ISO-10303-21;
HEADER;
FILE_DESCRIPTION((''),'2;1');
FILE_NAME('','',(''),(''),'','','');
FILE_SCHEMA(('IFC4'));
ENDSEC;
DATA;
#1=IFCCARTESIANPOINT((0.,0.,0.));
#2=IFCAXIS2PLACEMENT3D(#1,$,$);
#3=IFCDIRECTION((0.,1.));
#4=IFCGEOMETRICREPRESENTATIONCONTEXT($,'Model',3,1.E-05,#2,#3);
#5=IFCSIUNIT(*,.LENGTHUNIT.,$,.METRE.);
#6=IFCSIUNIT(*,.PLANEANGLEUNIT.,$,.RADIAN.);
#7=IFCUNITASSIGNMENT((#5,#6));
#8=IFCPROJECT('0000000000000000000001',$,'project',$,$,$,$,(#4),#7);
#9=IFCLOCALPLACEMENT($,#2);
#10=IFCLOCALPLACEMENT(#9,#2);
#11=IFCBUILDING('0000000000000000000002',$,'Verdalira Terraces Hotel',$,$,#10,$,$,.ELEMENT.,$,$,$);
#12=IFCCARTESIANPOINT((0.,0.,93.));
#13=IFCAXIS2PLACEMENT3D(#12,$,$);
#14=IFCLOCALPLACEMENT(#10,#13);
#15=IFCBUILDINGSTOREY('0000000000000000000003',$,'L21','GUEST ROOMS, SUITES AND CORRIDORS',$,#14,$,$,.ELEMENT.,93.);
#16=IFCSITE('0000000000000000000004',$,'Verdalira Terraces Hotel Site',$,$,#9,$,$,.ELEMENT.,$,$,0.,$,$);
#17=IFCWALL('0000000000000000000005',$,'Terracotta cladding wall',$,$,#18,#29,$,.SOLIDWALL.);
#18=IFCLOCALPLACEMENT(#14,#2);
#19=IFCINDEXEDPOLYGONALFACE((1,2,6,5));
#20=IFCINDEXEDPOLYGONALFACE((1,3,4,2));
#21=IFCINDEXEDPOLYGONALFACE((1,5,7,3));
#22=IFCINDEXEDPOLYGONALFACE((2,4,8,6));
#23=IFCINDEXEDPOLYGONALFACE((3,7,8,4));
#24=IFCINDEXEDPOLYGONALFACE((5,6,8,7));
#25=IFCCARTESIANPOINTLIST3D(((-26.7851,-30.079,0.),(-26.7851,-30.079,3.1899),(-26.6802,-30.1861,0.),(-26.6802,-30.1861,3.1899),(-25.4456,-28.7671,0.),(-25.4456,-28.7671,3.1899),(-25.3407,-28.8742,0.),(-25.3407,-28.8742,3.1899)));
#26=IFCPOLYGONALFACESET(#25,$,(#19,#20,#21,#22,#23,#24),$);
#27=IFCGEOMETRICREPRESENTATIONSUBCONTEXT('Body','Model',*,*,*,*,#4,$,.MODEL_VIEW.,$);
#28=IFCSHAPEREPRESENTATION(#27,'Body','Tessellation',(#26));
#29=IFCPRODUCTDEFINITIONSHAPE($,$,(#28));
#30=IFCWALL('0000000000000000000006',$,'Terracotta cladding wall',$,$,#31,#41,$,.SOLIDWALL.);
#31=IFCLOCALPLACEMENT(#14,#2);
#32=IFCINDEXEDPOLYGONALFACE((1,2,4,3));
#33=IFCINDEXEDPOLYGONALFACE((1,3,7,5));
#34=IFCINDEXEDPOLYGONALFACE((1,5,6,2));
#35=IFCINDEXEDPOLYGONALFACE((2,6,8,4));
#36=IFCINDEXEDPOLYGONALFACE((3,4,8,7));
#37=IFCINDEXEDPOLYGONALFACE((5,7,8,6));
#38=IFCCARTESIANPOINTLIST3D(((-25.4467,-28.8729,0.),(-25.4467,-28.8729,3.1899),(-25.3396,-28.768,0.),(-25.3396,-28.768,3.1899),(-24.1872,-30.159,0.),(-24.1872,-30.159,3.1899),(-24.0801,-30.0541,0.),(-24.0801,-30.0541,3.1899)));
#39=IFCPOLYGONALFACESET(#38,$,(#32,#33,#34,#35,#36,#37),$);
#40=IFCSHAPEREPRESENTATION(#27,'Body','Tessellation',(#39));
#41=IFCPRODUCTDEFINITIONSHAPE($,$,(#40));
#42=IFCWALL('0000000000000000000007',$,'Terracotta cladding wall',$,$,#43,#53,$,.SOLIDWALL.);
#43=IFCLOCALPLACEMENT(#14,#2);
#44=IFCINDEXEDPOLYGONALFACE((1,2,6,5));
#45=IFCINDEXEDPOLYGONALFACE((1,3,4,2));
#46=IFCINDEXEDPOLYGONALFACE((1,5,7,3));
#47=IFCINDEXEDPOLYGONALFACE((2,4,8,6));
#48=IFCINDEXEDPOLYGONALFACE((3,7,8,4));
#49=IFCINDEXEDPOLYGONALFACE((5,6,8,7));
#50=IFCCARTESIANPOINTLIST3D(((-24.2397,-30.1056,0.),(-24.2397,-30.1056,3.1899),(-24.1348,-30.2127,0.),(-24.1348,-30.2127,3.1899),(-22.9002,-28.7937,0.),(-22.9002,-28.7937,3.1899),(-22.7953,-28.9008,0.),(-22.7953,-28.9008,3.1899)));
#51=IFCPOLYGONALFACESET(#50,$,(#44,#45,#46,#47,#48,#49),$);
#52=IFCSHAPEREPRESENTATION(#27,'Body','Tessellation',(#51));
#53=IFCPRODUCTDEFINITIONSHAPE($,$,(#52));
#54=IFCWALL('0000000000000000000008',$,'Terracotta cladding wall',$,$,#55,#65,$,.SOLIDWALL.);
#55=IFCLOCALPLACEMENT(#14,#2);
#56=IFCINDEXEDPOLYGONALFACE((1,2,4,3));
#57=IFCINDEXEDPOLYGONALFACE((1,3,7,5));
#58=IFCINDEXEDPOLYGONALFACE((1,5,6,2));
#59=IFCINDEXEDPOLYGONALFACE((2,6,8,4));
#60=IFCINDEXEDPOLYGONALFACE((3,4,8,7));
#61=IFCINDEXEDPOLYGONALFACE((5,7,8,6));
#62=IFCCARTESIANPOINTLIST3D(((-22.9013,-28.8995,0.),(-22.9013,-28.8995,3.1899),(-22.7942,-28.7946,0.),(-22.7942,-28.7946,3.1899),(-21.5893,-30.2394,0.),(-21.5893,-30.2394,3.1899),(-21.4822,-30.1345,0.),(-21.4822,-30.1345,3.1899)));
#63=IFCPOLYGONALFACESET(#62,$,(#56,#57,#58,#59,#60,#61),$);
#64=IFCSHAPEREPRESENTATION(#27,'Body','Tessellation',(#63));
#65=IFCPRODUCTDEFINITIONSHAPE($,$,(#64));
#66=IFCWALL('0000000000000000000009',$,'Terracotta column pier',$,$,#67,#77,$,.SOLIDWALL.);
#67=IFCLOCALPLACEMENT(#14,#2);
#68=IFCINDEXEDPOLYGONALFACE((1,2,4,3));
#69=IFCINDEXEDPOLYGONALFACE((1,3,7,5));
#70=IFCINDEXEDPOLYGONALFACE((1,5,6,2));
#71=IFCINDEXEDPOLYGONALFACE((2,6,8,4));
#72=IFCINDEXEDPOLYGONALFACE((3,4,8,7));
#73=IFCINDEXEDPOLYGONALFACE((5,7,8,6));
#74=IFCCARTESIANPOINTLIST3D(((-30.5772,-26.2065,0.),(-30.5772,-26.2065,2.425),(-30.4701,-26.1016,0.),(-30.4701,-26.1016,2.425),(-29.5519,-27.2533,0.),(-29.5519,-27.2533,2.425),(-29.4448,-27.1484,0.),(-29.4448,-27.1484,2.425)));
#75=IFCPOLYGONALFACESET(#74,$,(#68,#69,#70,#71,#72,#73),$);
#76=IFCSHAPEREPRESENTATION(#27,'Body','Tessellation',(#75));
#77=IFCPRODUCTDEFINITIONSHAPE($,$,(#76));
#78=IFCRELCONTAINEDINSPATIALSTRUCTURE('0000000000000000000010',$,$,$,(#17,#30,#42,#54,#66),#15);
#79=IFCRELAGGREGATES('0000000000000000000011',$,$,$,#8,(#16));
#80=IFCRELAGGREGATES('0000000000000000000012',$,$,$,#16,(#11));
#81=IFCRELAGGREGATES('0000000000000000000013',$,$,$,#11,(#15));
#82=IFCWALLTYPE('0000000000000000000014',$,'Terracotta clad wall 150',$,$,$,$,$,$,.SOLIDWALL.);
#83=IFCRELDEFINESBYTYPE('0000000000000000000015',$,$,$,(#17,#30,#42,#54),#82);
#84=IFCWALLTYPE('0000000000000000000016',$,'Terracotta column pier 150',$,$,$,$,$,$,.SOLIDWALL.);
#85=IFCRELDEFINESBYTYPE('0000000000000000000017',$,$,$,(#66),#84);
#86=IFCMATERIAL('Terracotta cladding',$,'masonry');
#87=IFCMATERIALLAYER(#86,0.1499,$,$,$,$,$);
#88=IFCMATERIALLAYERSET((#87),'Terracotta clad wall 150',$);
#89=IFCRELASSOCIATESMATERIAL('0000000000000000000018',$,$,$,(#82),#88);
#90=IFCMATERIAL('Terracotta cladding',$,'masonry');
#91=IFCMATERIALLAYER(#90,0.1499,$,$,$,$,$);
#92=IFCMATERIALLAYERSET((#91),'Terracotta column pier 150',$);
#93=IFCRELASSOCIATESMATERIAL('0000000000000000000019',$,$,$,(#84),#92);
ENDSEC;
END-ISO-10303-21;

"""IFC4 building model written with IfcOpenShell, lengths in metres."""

from ifc_helpers import new_model, si_unit, direction, frame, frame_2d, origin, place, context, subcontext, project, spatial, rectangle, extrude, material, layer, layer_set, type_object, element, save


model = new_model("IFC4")

# Units and contexts
model_context = context("Model", 3, precision=1e-05, world=origin(), true_north=direction((0.0, 1.0)))
body_context = subcontext(model_context, "Body", "Model", "MODEL_VIEW")
ifc_project = project(units=[si_unit("LENGTHUNIT", "METRE"), si_unit("PLANEANGLEUNIT", "RADIAN")], contexts=[model_context])

# Site, building, storey
site_placement = place(None, origin())
site = spatial("IfcSite", under=ifc_project, at=site_placement, Name="Verdalira Terraces Hotel Site", CompositionType="ELEMENT", RefElevation=0.0)
building_placement = place(site_placement, origin())
building = spatial("IfcBuilding", under=site, at=building_placement, Name="Verdalira Terraces Hotel", CompositionType="ELEMENT")
storey_placement = place(building_placement, frame((0.0, 0.0, 93.0)))
storey = spatial("IfcBuildingStorey", under=building, at=storey_placement, Name="L21", Description="GUEST ROOMS, SUITES AND CORRIDORS", CompositionType="ELEMENT", Elevation=93.0)

# Walls
ifc_material_1 = material(Name="Terracotta cladding", Category="masonry")
ifc_layer_1 = layer(ifc_material_1, 0.1499)
ifc_layer_set_1 = layer_set([ifc_layer_1], Name="Terracotta clad wall 150")
wall_type_1 = type_object("IfcWallType", Name="Terracotta clad wall 150", PredefinedType="SOLIDWALL", material=ifc_layer_set_1)
wall_1_placement = place(storey_placement, frame((-26.7327, -30.1326, 0.0), z_axis=(0.0, 0.0, 1.0), x_axis=(0.714425, 0.699712, 0.0)))
element("IfcWall", 1, at=wall_1_placement, inside=storey, type_object=wall_type_1, Name="Terracotta cladding wall", PredefinedType="SOLIDWALL", context=body_context, shape_type="SweptSolid", body=[
    extrude(rectangle(XDim=1.875, YDim=0.1499, at=frame_2d((0.9375, 0.0))), origin(), (0.0, 0.0, 1.0), 3.1899),
])
wall_2_placement = place(storey_placement, frame((-25.3931, -28.8206, 0.0), z_axis=(0.0, 0.0, 1.0), x_axis=(0.699677, -0.71446, 0.0)))
element("IfcWall", 2, at=wall_2_placement, inside=storey, type_object=wall_type_1, Name="Terracotta cladding wall", PredefinedType="SOLIDWALL", context=body_context, shape_type="SweptSolid", body=[
    extrude(rectangle(XDim=1.8, YDim=0.1499, at=frame_2d((0.8999, 0.0))), origin(), (0.0, 0.0, 1.0), 3.1899),
])
wall_3_placement = place(storey_placement, frame((-24.1873, -30.1592, 0.0), z_axis=(0.0, 0.0, 1.0), x_axis=(0.714425, 0.699712, 0.0)))
element("IfcWall", 3, at=wall_3_placement, inside=storey, type_object=wall_type_1, Name="Terracotta cladding wall", PredefinedType="SOLIDWALL", context=body_context, shape_type="SweptSolid", body=[
    extrude(rectangle(XDim=1.875, YDim=0.1499, at=frame_2d((0.9375, 0.0))), origin(), (0.0, 0.0, 1.0), 3.1899),
])
wall_4_placement = place(storey_placement, frame((-22.8477, -28.8472, 0.0), z_axis=(0.0, 0.0, 1.0), x_axis=(0.699647, -0.714489, 0.0)))
element("IfcWall", 4, at=wall_4_placement, inside=storey, type_object=wall_type_1, Name="Terracotta cladding wall", PredefinedType="SOLIDWALL", context=body_context, shape_type="SweptSolid", body=[
    extrude(rectangle(XDim=1.8752, YDim=0.1499, at=frame_2d((0.9375, 0.0))), origin(), (0.0, 0.0, 1.0), 3.1899),
])
ifc_material_2 = material(Name="Terracotta cladding", Category="masonry")
ifc_layer_2 = layer(ifc_material_2, 0.1499)
ifc_layer_set_2 = layer_set([ifc_layer_2], Name="Terracotta column pier 150")
wall_type_2 = type_object("IfcWallType", Name="Terracotta column pier 150", PredefinedType="SOLIDWALL", material=ifc_layer_set_2)
wall_5_placement = place(storey_placement, frame((-30.5237, -26.1541, 0.0), z_axis=(0.0, 0.0, 1.0), x_axis=(0.699738, -0.714399, 0.0)))
element("IfcWall", 5, at=wall_5_placement, inside=storey, type_object=wall_type_2, Name="Terracotta column pier", PredefinedType="SOLIDWALL", context=body_context, shape_type="SweptSolid", body=[
    extrude(rectangle(XDim=1.4653, YDim=0.1499, at=frame_2d((0.7327, 0.0))), origin(), (0.0, 0.0, 1.0), 2.425),
])

save(model, "model.ifc")
